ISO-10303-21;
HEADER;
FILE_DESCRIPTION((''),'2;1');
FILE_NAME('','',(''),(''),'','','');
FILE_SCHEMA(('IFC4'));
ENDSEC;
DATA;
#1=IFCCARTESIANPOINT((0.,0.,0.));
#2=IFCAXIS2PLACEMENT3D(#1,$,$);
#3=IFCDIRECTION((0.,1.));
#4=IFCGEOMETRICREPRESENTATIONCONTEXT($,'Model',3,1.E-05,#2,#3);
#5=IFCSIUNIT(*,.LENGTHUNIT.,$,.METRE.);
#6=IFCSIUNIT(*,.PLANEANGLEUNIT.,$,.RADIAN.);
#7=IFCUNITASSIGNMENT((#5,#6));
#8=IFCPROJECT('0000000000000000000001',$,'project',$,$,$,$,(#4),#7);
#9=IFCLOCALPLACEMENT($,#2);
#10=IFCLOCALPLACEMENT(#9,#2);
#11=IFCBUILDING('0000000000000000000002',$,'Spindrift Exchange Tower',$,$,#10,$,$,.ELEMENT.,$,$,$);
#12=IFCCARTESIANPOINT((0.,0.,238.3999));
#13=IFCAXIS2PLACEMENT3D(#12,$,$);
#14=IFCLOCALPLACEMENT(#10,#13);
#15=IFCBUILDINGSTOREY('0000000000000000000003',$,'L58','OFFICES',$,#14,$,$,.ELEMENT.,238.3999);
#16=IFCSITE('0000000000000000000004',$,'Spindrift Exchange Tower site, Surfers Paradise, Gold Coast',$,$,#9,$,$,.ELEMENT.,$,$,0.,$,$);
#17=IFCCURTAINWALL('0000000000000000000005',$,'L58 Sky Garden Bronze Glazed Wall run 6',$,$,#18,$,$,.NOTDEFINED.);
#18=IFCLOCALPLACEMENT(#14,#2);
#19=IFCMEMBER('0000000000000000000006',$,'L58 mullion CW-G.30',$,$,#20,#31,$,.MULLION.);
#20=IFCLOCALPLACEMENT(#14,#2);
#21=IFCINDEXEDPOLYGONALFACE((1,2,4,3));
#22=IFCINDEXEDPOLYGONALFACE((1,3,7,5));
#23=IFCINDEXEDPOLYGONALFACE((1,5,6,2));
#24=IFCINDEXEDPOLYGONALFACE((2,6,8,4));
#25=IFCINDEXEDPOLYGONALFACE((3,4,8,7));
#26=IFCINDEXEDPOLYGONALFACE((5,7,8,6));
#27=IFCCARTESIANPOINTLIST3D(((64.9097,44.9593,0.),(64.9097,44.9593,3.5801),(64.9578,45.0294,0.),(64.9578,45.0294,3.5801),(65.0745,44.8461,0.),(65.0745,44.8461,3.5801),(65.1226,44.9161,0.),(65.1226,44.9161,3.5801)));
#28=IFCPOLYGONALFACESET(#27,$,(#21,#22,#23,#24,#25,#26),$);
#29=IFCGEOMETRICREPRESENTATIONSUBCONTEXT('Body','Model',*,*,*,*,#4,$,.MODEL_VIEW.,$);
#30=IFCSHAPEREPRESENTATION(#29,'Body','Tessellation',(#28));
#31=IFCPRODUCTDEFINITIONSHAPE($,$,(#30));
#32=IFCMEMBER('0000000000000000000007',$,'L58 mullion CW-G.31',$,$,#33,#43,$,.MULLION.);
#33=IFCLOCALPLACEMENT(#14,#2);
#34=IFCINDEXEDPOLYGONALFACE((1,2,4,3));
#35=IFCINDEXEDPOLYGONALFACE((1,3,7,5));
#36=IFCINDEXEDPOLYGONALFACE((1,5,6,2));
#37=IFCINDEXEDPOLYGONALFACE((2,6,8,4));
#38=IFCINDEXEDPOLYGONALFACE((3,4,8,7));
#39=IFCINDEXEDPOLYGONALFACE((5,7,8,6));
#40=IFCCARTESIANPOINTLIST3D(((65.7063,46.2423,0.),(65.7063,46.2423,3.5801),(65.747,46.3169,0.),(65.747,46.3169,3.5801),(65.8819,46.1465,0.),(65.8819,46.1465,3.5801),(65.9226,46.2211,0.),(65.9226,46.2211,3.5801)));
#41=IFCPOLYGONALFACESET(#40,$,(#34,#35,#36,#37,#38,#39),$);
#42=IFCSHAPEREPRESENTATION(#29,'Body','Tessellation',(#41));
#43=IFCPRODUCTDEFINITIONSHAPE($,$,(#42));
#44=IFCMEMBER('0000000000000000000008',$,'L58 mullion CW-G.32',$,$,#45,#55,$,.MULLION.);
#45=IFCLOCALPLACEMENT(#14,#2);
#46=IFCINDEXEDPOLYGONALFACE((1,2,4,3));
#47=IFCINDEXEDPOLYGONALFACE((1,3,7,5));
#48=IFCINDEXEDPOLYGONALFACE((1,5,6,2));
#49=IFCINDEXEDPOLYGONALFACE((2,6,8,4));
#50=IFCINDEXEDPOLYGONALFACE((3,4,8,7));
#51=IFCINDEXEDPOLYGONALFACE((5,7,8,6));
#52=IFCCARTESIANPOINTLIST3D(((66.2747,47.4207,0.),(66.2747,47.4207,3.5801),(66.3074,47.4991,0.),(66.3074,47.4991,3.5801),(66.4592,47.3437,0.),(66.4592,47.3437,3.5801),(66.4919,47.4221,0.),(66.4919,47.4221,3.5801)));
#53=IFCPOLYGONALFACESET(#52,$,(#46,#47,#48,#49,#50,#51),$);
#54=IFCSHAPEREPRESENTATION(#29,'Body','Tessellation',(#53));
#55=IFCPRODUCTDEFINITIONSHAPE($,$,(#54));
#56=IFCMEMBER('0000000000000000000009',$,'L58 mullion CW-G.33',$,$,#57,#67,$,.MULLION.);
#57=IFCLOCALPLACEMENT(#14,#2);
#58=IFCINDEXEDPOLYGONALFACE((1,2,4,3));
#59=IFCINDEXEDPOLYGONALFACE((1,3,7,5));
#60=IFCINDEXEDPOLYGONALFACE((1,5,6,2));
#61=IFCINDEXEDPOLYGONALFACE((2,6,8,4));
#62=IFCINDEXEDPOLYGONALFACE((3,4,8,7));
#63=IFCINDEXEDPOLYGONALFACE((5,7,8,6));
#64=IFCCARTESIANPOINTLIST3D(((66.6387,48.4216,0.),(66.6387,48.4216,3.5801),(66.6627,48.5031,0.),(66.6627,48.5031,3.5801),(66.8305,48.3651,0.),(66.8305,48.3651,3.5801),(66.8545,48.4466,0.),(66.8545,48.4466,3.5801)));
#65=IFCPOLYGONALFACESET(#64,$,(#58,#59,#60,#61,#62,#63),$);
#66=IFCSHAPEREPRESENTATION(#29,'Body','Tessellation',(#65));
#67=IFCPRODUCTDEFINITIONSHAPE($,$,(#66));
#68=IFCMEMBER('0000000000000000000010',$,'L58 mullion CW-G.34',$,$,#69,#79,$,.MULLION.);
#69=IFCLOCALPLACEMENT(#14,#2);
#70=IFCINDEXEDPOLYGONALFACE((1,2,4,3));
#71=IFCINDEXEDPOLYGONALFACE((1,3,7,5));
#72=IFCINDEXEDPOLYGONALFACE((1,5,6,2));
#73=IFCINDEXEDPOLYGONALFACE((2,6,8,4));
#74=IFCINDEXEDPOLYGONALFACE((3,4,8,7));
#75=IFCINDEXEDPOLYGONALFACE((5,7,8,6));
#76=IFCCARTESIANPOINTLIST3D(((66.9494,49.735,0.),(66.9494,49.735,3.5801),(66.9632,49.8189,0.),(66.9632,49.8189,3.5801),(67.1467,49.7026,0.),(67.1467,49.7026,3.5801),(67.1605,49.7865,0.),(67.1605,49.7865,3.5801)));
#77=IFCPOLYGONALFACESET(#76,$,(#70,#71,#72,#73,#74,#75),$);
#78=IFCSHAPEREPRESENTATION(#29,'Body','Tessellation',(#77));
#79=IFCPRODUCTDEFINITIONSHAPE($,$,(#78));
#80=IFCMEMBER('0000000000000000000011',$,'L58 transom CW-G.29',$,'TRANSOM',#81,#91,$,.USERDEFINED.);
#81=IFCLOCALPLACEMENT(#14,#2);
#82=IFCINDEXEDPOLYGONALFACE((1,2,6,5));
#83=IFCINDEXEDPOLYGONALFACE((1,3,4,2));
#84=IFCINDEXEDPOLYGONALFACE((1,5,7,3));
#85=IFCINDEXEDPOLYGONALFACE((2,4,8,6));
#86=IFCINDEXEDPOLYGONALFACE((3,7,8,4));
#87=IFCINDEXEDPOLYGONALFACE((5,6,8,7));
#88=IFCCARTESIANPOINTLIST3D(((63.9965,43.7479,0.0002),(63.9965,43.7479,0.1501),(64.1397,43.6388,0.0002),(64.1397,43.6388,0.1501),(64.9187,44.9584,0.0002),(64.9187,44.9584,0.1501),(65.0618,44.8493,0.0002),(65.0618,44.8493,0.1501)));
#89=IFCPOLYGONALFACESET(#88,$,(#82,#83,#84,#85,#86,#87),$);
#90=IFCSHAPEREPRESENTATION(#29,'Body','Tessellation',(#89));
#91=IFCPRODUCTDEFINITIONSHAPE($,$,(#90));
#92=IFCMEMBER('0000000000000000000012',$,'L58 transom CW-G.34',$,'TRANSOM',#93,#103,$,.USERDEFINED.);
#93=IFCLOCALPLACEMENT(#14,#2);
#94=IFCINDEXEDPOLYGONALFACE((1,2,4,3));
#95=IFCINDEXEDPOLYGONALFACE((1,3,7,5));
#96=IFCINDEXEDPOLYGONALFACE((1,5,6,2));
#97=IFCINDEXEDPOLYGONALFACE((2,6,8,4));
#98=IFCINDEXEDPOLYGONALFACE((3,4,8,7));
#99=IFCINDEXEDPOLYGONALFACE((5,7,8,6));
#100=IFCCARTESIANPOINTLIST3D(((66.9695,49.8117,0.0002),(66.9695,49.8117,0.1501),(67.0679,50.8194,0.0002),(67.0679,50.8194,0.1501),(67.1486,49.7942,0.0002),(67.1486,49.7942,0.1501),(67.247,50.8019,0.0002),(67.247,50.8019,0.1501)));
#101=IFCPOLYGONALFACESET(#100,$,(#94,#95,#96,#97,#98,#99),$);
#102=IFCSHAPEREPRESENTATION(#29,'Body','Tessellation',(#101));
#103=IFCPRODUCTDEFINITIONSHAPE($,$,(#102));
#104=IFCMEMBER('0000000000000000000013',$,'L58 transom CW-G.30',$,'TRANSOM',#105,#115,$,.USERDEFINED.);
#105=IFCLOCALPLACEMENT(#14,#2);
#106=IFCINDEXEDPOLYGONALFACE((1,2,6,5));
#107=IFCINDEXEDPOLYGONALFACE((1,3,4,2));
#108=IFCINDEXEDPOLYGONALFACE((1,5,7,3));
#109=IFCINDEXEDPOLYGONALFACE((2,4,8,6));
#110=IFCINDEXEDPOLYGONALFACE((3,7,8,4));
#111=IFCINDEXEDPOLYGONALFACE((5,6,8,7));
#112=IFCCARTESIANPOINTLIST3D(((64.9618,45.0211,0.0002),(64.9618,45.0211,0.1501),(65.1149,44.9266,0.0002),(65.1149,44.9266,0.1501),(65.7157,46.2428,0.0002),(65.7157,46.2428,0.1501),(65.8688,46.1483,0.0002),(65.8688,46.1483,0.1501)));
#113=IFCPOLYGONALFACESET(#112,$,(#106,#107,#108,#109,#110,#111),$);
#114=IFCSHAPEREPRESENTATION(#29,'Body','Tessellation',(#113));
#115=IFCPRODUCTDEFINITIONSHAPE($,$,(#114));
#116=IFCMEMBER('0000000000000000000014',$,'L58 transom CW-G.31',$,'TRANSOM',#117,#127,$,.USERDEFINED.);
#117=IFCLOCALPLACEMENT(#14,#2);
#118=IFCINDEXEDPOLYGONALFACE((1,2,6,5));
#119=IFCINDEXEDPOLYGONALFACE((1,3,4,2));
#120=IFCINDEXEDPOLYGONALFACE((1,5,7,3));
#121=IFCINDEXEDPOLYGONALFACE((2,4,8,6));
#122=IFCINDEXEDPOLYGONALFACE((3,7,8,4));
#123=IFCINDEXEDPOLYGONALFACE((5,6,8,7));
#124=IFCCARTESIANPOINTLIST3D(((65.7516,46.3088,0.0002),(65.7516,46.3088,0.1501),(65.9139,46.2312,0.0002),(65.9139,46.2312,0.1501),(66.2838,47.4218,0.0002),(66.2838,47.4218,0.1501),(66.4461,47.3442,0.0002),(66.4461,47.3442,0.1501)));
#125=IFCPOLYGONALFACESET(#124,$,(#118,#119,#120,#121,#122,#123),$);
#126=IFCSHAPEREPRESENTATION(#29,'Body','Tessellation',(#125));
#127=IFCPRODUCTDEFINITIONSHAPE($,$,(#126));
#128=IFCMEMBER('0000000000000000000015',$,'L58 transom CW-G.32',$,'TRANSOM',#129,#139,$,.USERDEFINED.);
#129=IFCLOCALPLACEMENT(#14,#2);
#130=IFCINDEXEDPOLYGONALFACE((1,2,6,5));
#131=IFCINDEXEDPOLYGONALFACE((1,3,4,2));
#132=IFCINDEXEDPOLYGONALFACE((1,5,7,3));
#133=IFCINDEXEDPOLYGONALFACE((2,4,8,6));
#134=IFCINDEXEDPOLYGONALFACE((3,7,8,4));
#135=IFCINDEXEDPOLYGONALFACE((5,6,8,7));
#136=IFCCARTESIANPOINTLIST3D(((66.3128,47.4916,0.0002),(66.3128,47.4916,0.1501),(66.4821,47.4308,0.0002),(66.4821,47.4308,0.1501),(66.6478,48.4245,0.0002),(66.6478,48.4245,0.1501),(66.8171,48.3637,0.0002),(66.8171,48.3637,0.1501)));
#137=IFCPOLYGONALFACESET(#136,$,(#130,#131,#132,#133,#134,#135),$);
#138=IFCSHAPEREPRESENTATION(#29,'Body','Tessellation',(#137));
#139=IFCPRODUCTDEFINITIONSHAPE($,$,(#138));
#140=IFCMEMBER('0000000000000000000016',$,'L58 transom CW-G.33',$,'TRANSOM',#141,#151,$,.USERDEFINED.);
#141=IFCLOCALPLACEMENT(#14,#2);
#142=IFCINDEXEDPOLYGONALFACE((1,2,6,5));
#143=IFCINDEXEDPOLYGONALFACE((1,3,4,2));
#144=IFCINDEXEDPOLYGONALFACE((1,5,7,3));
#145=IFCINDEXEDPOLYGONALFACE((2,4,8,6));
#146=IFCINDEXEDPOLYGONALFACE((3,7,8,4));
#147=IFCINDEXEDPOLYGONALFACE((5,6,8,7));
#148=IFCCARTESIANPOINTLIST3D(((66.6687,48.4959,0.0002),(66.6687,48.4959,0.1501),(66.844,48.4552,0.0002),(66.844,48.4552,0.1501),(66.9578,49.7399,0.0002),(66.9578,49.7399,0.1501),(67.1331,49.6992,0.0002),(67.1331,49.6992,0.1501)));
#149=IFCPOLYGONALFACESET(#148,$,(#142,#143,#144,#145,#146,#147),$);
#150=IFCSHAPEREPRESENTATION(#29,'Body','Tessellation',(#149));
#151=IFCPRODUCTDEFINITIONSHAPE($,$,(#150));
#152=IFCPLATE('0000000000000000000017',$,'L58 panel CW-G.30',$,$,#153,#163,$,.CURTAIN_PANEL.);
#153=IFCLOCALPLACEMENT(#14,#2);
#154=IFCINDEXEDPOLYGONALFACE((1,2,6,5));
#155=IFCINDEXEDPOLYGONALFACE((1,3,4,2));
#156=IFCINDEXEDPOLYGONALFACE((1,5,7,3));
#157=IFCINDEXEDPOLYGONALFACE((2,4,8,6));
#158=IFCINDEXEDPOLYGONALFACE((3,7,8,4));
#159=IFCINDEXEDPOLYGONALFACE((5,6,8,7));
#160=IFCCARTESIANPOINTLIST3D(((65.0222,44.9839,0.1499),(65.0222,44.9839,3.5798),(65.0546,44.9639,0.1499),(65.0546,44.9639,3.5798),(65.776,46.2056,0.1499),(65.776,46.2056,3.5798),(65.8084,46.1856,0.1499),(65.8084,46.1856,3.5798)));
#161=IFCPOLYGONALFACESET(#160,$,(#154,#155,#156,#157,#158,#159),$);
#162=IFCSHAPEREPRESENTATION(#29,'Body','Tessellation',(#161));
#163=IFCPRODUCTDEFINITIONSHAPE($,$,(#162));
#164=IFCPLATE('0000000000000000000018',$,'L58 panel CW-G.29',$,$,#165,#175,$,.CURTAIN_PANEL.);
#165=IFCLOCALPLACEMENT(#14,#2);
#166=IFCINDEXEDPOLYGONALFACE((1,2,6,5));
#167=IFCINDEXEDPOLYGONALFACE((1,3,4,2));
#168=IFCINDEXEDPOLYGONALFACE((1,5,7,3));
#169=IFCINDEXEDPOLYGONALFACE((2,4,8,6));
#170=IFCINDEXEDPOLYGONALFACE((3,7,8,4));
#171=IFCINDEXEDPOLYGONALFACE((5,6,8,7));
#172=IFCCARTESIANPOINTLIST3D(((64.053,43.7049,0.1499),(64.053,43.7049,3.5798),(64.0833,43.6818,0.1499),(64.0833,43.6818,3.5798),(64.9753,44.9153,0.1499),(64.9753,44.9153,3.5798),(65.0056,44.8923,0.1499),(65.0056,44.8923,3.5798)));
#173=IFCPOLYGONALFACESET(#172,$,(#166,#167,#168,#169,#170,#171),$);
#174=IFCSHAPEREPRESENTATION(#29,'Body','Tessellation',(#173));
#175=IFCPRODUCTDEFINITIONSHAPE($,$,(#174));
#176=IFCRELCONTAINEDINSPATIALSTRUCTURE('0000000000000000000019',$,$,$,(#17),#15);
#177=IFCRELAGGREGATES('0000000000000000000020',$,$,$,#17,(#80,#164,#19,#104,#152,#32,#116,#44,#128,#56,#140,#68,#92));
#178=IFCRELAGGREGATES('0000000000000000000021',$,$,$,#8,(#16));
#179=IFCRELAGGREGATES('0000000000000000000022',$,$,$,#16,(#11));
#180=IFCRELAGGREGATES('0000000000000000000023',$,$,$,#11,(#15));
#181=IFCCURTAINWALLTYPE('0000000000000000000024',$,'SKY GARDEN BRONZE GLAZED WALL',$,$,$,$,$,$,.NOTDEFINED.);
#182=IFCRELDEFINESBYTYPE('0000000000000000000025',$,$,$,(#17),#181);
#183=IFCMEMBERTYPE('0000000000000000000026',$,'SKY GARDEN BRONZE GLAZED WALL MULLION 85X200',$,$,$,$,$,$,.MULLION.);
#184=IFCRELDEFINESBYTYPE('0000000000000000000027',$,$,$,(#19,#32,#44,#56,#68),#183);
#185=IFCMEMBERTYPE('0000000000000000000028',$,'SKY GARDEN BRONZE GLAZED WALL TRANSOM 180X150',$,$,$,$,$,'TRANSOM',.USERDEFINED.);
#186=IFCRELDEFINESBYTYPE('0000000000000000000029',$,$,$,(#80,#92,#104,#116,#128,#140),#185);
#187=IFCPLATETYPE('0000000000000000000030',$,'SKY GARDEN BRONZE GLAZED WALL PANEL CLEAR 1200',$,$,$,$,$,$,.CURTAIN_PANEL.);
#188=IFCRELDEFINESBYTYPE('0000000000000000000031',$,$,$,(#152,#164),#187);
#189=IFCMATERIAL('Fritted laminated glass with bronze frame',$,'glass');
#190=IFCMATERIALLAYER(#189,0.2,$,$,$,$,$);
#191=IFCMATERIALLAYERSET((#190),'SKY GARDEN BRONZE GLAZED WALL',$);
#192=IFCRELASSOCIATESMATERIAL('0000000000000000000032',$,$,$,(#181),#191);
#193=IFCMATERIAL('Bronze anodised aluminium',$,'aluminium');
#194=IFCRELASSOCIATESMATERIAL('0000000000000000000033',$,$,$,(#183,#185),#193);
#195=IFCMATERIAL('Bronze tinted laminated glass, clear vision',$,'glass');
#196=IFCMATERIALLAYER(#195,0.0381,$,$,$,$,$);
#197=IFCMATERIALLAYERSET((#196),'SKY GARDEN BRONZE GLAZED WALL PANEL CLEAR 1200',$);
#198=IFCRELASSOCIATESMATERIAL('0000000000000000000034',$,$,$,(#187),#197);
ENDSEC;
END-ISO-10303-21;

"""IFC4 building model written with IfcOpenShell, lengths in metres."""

from ifc_helpers import new_model, si_unit, direction, frame, origin, origin_2d, place, context, subcontext, project, spatial, rectangle, extrude, source, transform, mapped, material, layer, layer_set, material_profile, profile_set, type_object, element, aggregate, save


model = new_model("IFC4")

# Units and contexts
model_context = context("Model", 3, precision=1e-05, world=origin(), true_north=direction((0.0, 1.0)))
body_context = subcontext(model_context, "Body", "Model", "MODEL_VIEW")
ifc_project = project(units=[si_unit("LENGTHUNIT", "METRE"), si_unit("PLANEANGLEUNIT", "RADIAN")], contexts=[model_context])

# Site, building, storey
site_placement = place(None, origin())
site = spatial("IfcSite", under=ifc_project, at=site_placement, Name="Spindrift Exchange Tower site, Surfers Paradise, Gold Coast", CompositionType="ELEMENT", RefElevation=0.0)
building_placement = place(site_placement, origin())
building = spatial("IfcBuilding", under=site, at=building_placement, Name="Spindrift Exchange Tower", CompositionType="ELEMENT")
storey_placement = place(building_placement, frame((0.0, 0.0, 238.3999)))
storey = spatial("IfcBuildingStorey", under=building, at=storey_placement, Name="L58", Description="OFFICES", CompositionType="ELEMENT", Elevation=238.3999)

# Curtain wall, members, plates
ifc_material_1 = material(Name="Fritted laminated glass with bronze frame", Category="glass")
ifc_layer_1 = layer(ifc_material_1, 0.2)
ifc_layer_set_1 = layer_set([ifc_layer_1], Name="SKY GARDEN BRONZE GLAZED WALL")
curtain_wall_type = type_object("IfcCurtainWallType", Name="SKY GARDEN BRONZE GLAZED WALL", PredefinedType="NOTDEFINED", material=ifc_layer_set_1)
curtain_wall_placement = place(storey_placement, origin())
curtain_wall = element("IfcCurtainWall", 1, at=curtain_wall_placement, inside=storey, type_object=curtain_wall_type, Name="L58 Sky Garden Bronze Glazed Wall run 6", PredefinedType="NOTDEFINED")
ifc_material_2 = material(Name="Bronze anodised aluminium", Category="aluminium")
ifc_material_profile_1 = material_profile(ifc_material_2, rectangle(XDim=0.085, YDim=0.2, at=origin_2d()), Name="SKY GARDEN BRONZE GLAZED WALL MULLION 85X200")
ifc_profile_set_1 = profile_set([ifc_material_profile_1], Name="Bronze anodised aluminium")
member_type_1 = type_object("IfcMemberType", Name="SKY GARDEN BRONZE GLAZED WALL MULLION 85X200", PredefinedType="MULLION", material=ifc_profile_set_1)
shared_shape_1 = source(origin(), body_context, "Body", "SweptSolid", [
    extrude(rectangle(XDim=0.085, YDim=0.2, at=origin_2d()), origin(), (0.0, 0.0, 1.0), 3.5801),
])
member_1_placement = place(storey_placement, frame((65.0161, 44.9377, 0.0), z_axis=(0.0, 0.0, 1.0), x_axis=(0.566254, 0.824231, 0.0)))
member_1 = element("IfcMember", 2, at=member_1_placement, type_object=member_type_1, Name="L58 mullion CW-G.30", PredefinedType="MULLION", context=body_context, shape_type="MappedRepresentation", body=[
    mapped(shared_shape_1, transform((0.0, 0.0, 0.0), scale=1.0)),
])
member_2_placement = place(storey_placement, frame((65.8145, 46.2317, 0.0), z_axis=(0.0, 0.0, 1.0), x_axis=(0.478885, 0.877878, 0.0)))
member_2 = element("IfcMember", 3, at=member_2_placement, type_object=member_type_1, Name="L58 mullion CW-G.31", PredefinedType="MULLION", context=body_context, shape_type="MappedRepresentation", body=[
    mapped(shared_shape_1, transform((0.0, 0.0, 0.0), scale=1.0)),
])
member_3_placement = place(storey_placement, frame((66.3833, 47.4214, 0.0), z_axis=(0.0, 0.0, 1.0), x_axis=(0.385052, 0.922895, 0.0)))
member_3 = element("IfcMember", 4, at=member_3_placement, type_object=member_type_1, Name="L58 mullion CW-G.32", PredefinedType="MULLION", context=body_context, shape_type="MappedRepresentation", body=[
    mapped(shared_shape_1, transform((0.0, 0.0, 0.0), scale=1.0)),
])
member_4_placement = place(storey_placement, frame((66.7466, 48.4341, 0.0), z_axis=(0.0, 0.0, 1.0), x_axis=(0.282556, 0.959251, 0.0)))
member_4 = element("IfcMember", 5, at=member_4_placement, type_object=member_type_1, Name="L58 mullion CW-G.33", PredefinedType="MULLION", context=body_context, shape_type="MappedRepresentation", body=[
    mapped(shared_shape_1, transform((0.0, 0.0, 0.0), scale=1.0)),
])
member_5_placement = place(storey_placement, frame((67.0549, 49.7607, 0.0), z_axis=(0.0, 0.0, 1.0), x_axis=(0.162142, 0.986767, 0.0)))
member_5 = element("IfcMember", 6, at=member_5_placement, type_object=member_type_1, Name="L58 mullion CW-G.34", PredefinedType="MULLION", context=body_context, shape_type="MappedRepresentation", body=[
    mapped(shared_shape_1, transform((0.0, 0.0, 0.0), scale=1.0)),
])
ifc_material_profile_2 = material_profile(ifc_material_2, rectangle(XDim=0.1799, YDim=0.1499, at=origin_2d()), Name="SKY GARDEN BRONZE GLAZED WALL TRANSOM 180X150")
ifc_profile_set_2 = profile_set([ifc_material_profile_2], Name="Bronze anodised aluminium")
member_type_2 = type_object("IfcMemberType", Name="SKY GARDEN BRONZE GLAZED WALL TRANSOM 180X150", ElementType="TRANSOM", PredefinedType="USERDEFINED", material=ifc_profile_set_2)
shared_shape_2 = source(origin(), body_context, "Body", "SweptSolid", [
    extrude(rectangle(XDim=0.1799, YDim=0.1499, at=origin_2d()), origin(), (0.0, 0.0, 1.0), 1.5217),
])
member_6_placement = place(storey_placement, frame((64.0681, 43.6934, 0.0752), z_axis=(0.60599, 0.795472, 0.0), x_axis=(-0.795472, 0.60599, 0.0)))
member_6 = element("IfcMember", 7, at=member_6_placement, type_object=member_type_2, Name="L58 transom CW-G.29", ObjectType="TRANSOM", PredefinedType="USERDEFINED", context=body_context, shape_type="MappedRepresentation", body=[
    mapped(shared_shape_2, transform((0.0, 0.0, 0.0), scale=1.0)),
])
shared_shape_3 = source(origin(), body_context, "Body", "SweptSolid", [
    extrude(rectangle(XDim=0.1799, YDim=0.1499, at=origin_2d()), origin(), (0.0, 0.0, 1.0), 1.0125),
])
member_7_placement = place(storey_placement, frame((67.0591, 49.803, 0.0752), z_axis=(0.097187, 0.995266, 0.0), x_axis=(-0.995266, 0.097187, 0.0)))
member_7 = element("IfcMember", 8, at=member_7_placement, type_object=member_type_2, Name="L58 transom CW-G.34", ObjectType="TRANSOM", PredefinedType="USERDEFINED", context=body_context, shape_type="MappedRepresentation", body=[
    mapped(shared_shape_3, transform((0.0, 0.0, 0.0), scale=1.0)),
])
shared_shape_4 = source(origin(), body_context, "Body", "SweptSolid", [
    extrude(rectangle(XDim=0.1799, YDim=0.1499, at=origin_2d()), origin(), (0.0, 0.0, 1.0), 1.4355),
])
member_8_placement = place(storey_placement, frame((65.0383, 44.9739, 0.0752), z_axis=(0.52516, 0.851004, 0.0), x_axis=(-0.851004, 0.52516, 0.0)))
member_8 = element("IfcMember", 9, at=member_8_placement, type_object=member_type_2, Name="L58 transom CW-G.30", ObjectType="TRANSOM", PredefinedType="USERDEFINED", context=body_context, shape_type="MappedRepresentation", body=[
    mapped(shared_shape_4, transform((0.0, 0.0, 0.0), scale=1.0)),
])
shared_shape_5 = source(origin(), body_context, "Body", "SweptSolid", [
    extrude(rectangle(XDim=0.1799, YDim=0.1499, at=origin_2d()), origin(), (0.0, 0.0, 1.0), 1.2336),
])
member_9_placement = place(storey_placement, frame((65.8328, 46.27, 0.0752), z_axis=(0.431392, 0.902164, 0.0), x_axis=(-0.902164, 0.431392, 0.0)))
member_9 = element("IfcMember", 10, at=member_9_placement, type_object=member_type_2, Name="L58 transom CW-G.31", ObjectType="TRANSOM", PredefinedType="USERDEFINED", context=body_context, shape_type="MappedRepresentation", body=[
    mapped(shared_shape_5, transform((0.0, 0.0, 0.0), scale=1.0)),
])
shared_shape_6 = source(origin(), body_context, "Body", "SweptSolid", [
    extrude(rectangle(XDim=0.1799, YDim=0.1499, at=origin_2d()), origin(), (0.0, 0.0, 1.0), 0.9912),
])
member_10_placement = place(storey_placement, frame((66.3975, 47.4612, 0.0752), z_axis=(0.337943, 0.941167, 0.0), x_axis=(-0.941167, 0.337943, 0.0)))
member_10 = element("IfcMember", 11, at=member_10_placement, type_object=member_type_2, Name="L58 transom CW-G.32", ObjectType="TRANSOM", PredefinedType="USERDEFINED", context=body_context, shape_type="MappedRepresentation", body=[
    mapped(shared_shape_6, transform((0.0, 0.0, 0.0), scale=1.0)),
])
shared_shape_7 = source(origin(), body_context, "Body", "SweptSolid", [
    extrude(rectangle(XDim=0.1799, YDim=0.1499, at=origin_2d()), origin(), (0.0, 0.0, 1.0), 1.2771),
])
member_11_placement = place(storey_placement, frame((66.7563, 48.4756, 0.0752), z_axis=(0.226353, 0.974045, 0.0), x_axis=(-0.974045, 0.226353, 0.0)))
member_11 = element("IfcMember", 12, at=member_11_placement, type_object=member_type_2, Name="L58 transom CW-G.33", ObjectType="TRANSOM", PredefinedType="USERDEFINED", context=body_context, shape_type="MappedRepresentation", body=[
    mapped(shared_shape_7, transform((0.0, 0.0, 0.0), scale=1.0)),
])
ifc_material_3 = material(Name="Bronze tinted laminated glass, clear vision", Category="glass")
ifc_layer_2 = layer(ifc_material_3, 0.0381)
ifc_layer_set_2 = layer_set([ifc_layer_2], Name="SKY GARDEN BRONZE GLAZED WALL PANEL CLEAR 1200")
plate_type_1 = type_object("IfcPlateType", Name="SKY GARDEN BRONZE GLAZED WALL PANEL CLEAR 1200", PredefinedType="CURTAIN_PANEL", material=ifc_layer_set_2)
shared_shape_8 = source(origin(), body_context, "Body", "SweptSolid", [
    extrude(rectangle(XDim=1.4355, YDim=0.0381, at=origin_2d()), origin(), (0.0, 0.0, 1.0), 3.4299),
])
plate_1_placement = place(storey_placement, frame((65.4153, 45.5847, 0.1499), z_axis=(0.0, 0.0, 1.0), x_axis=(0.525094, 0.851044, 0.0)))
plate_1 = element("IfcPlate", 13, at=plate_1_placement, type_object=plate_type_1, Name="L58 panel CW-G.30", PredefinedType="CURTAIN_PANEL", context=body_context, shape_type="MappedRepresentation", body=[
    mapped(shared_shape_8, transform((0.0, 0.0, 0.0), scale=1.0)),
])
shared_shape_9 = source(origin(), body_context, "Body", "SweptSolid", [
    extrude(rectangle(XDim=1.5217, YDim=0.0381, at=origin_2d()), origin(), (0.0, 0.0, 1.0), 3.4299),
])
plate_2_placement = place(storey_placement, frame((64.5293, 44.2986, 0.1499), z_axis=(0.0, 0.0, 1.0), x_axis=(0.606047, 0.795429, 0.0)))
plate_2 = element("IfcPlate", 14, at=plate_2_placement, type_object=plate_type_1, Name="L58 panel CW-G.29", PredefinedType="CURTAIN_PANEL", context=body_context, shape_type="MappedRepresentation", body=[
    mapped(shared_shape_9, transform((0.0, 0.0, 0.0), scale=1.0)),
])
aggregate(curtain_wall, [member_6, plate_2, member_1, member_8, plate_1, member_2, member_9, member_3, member_10, member_4, member_11, member_5, member_7])

save(model, "model.ifc")
